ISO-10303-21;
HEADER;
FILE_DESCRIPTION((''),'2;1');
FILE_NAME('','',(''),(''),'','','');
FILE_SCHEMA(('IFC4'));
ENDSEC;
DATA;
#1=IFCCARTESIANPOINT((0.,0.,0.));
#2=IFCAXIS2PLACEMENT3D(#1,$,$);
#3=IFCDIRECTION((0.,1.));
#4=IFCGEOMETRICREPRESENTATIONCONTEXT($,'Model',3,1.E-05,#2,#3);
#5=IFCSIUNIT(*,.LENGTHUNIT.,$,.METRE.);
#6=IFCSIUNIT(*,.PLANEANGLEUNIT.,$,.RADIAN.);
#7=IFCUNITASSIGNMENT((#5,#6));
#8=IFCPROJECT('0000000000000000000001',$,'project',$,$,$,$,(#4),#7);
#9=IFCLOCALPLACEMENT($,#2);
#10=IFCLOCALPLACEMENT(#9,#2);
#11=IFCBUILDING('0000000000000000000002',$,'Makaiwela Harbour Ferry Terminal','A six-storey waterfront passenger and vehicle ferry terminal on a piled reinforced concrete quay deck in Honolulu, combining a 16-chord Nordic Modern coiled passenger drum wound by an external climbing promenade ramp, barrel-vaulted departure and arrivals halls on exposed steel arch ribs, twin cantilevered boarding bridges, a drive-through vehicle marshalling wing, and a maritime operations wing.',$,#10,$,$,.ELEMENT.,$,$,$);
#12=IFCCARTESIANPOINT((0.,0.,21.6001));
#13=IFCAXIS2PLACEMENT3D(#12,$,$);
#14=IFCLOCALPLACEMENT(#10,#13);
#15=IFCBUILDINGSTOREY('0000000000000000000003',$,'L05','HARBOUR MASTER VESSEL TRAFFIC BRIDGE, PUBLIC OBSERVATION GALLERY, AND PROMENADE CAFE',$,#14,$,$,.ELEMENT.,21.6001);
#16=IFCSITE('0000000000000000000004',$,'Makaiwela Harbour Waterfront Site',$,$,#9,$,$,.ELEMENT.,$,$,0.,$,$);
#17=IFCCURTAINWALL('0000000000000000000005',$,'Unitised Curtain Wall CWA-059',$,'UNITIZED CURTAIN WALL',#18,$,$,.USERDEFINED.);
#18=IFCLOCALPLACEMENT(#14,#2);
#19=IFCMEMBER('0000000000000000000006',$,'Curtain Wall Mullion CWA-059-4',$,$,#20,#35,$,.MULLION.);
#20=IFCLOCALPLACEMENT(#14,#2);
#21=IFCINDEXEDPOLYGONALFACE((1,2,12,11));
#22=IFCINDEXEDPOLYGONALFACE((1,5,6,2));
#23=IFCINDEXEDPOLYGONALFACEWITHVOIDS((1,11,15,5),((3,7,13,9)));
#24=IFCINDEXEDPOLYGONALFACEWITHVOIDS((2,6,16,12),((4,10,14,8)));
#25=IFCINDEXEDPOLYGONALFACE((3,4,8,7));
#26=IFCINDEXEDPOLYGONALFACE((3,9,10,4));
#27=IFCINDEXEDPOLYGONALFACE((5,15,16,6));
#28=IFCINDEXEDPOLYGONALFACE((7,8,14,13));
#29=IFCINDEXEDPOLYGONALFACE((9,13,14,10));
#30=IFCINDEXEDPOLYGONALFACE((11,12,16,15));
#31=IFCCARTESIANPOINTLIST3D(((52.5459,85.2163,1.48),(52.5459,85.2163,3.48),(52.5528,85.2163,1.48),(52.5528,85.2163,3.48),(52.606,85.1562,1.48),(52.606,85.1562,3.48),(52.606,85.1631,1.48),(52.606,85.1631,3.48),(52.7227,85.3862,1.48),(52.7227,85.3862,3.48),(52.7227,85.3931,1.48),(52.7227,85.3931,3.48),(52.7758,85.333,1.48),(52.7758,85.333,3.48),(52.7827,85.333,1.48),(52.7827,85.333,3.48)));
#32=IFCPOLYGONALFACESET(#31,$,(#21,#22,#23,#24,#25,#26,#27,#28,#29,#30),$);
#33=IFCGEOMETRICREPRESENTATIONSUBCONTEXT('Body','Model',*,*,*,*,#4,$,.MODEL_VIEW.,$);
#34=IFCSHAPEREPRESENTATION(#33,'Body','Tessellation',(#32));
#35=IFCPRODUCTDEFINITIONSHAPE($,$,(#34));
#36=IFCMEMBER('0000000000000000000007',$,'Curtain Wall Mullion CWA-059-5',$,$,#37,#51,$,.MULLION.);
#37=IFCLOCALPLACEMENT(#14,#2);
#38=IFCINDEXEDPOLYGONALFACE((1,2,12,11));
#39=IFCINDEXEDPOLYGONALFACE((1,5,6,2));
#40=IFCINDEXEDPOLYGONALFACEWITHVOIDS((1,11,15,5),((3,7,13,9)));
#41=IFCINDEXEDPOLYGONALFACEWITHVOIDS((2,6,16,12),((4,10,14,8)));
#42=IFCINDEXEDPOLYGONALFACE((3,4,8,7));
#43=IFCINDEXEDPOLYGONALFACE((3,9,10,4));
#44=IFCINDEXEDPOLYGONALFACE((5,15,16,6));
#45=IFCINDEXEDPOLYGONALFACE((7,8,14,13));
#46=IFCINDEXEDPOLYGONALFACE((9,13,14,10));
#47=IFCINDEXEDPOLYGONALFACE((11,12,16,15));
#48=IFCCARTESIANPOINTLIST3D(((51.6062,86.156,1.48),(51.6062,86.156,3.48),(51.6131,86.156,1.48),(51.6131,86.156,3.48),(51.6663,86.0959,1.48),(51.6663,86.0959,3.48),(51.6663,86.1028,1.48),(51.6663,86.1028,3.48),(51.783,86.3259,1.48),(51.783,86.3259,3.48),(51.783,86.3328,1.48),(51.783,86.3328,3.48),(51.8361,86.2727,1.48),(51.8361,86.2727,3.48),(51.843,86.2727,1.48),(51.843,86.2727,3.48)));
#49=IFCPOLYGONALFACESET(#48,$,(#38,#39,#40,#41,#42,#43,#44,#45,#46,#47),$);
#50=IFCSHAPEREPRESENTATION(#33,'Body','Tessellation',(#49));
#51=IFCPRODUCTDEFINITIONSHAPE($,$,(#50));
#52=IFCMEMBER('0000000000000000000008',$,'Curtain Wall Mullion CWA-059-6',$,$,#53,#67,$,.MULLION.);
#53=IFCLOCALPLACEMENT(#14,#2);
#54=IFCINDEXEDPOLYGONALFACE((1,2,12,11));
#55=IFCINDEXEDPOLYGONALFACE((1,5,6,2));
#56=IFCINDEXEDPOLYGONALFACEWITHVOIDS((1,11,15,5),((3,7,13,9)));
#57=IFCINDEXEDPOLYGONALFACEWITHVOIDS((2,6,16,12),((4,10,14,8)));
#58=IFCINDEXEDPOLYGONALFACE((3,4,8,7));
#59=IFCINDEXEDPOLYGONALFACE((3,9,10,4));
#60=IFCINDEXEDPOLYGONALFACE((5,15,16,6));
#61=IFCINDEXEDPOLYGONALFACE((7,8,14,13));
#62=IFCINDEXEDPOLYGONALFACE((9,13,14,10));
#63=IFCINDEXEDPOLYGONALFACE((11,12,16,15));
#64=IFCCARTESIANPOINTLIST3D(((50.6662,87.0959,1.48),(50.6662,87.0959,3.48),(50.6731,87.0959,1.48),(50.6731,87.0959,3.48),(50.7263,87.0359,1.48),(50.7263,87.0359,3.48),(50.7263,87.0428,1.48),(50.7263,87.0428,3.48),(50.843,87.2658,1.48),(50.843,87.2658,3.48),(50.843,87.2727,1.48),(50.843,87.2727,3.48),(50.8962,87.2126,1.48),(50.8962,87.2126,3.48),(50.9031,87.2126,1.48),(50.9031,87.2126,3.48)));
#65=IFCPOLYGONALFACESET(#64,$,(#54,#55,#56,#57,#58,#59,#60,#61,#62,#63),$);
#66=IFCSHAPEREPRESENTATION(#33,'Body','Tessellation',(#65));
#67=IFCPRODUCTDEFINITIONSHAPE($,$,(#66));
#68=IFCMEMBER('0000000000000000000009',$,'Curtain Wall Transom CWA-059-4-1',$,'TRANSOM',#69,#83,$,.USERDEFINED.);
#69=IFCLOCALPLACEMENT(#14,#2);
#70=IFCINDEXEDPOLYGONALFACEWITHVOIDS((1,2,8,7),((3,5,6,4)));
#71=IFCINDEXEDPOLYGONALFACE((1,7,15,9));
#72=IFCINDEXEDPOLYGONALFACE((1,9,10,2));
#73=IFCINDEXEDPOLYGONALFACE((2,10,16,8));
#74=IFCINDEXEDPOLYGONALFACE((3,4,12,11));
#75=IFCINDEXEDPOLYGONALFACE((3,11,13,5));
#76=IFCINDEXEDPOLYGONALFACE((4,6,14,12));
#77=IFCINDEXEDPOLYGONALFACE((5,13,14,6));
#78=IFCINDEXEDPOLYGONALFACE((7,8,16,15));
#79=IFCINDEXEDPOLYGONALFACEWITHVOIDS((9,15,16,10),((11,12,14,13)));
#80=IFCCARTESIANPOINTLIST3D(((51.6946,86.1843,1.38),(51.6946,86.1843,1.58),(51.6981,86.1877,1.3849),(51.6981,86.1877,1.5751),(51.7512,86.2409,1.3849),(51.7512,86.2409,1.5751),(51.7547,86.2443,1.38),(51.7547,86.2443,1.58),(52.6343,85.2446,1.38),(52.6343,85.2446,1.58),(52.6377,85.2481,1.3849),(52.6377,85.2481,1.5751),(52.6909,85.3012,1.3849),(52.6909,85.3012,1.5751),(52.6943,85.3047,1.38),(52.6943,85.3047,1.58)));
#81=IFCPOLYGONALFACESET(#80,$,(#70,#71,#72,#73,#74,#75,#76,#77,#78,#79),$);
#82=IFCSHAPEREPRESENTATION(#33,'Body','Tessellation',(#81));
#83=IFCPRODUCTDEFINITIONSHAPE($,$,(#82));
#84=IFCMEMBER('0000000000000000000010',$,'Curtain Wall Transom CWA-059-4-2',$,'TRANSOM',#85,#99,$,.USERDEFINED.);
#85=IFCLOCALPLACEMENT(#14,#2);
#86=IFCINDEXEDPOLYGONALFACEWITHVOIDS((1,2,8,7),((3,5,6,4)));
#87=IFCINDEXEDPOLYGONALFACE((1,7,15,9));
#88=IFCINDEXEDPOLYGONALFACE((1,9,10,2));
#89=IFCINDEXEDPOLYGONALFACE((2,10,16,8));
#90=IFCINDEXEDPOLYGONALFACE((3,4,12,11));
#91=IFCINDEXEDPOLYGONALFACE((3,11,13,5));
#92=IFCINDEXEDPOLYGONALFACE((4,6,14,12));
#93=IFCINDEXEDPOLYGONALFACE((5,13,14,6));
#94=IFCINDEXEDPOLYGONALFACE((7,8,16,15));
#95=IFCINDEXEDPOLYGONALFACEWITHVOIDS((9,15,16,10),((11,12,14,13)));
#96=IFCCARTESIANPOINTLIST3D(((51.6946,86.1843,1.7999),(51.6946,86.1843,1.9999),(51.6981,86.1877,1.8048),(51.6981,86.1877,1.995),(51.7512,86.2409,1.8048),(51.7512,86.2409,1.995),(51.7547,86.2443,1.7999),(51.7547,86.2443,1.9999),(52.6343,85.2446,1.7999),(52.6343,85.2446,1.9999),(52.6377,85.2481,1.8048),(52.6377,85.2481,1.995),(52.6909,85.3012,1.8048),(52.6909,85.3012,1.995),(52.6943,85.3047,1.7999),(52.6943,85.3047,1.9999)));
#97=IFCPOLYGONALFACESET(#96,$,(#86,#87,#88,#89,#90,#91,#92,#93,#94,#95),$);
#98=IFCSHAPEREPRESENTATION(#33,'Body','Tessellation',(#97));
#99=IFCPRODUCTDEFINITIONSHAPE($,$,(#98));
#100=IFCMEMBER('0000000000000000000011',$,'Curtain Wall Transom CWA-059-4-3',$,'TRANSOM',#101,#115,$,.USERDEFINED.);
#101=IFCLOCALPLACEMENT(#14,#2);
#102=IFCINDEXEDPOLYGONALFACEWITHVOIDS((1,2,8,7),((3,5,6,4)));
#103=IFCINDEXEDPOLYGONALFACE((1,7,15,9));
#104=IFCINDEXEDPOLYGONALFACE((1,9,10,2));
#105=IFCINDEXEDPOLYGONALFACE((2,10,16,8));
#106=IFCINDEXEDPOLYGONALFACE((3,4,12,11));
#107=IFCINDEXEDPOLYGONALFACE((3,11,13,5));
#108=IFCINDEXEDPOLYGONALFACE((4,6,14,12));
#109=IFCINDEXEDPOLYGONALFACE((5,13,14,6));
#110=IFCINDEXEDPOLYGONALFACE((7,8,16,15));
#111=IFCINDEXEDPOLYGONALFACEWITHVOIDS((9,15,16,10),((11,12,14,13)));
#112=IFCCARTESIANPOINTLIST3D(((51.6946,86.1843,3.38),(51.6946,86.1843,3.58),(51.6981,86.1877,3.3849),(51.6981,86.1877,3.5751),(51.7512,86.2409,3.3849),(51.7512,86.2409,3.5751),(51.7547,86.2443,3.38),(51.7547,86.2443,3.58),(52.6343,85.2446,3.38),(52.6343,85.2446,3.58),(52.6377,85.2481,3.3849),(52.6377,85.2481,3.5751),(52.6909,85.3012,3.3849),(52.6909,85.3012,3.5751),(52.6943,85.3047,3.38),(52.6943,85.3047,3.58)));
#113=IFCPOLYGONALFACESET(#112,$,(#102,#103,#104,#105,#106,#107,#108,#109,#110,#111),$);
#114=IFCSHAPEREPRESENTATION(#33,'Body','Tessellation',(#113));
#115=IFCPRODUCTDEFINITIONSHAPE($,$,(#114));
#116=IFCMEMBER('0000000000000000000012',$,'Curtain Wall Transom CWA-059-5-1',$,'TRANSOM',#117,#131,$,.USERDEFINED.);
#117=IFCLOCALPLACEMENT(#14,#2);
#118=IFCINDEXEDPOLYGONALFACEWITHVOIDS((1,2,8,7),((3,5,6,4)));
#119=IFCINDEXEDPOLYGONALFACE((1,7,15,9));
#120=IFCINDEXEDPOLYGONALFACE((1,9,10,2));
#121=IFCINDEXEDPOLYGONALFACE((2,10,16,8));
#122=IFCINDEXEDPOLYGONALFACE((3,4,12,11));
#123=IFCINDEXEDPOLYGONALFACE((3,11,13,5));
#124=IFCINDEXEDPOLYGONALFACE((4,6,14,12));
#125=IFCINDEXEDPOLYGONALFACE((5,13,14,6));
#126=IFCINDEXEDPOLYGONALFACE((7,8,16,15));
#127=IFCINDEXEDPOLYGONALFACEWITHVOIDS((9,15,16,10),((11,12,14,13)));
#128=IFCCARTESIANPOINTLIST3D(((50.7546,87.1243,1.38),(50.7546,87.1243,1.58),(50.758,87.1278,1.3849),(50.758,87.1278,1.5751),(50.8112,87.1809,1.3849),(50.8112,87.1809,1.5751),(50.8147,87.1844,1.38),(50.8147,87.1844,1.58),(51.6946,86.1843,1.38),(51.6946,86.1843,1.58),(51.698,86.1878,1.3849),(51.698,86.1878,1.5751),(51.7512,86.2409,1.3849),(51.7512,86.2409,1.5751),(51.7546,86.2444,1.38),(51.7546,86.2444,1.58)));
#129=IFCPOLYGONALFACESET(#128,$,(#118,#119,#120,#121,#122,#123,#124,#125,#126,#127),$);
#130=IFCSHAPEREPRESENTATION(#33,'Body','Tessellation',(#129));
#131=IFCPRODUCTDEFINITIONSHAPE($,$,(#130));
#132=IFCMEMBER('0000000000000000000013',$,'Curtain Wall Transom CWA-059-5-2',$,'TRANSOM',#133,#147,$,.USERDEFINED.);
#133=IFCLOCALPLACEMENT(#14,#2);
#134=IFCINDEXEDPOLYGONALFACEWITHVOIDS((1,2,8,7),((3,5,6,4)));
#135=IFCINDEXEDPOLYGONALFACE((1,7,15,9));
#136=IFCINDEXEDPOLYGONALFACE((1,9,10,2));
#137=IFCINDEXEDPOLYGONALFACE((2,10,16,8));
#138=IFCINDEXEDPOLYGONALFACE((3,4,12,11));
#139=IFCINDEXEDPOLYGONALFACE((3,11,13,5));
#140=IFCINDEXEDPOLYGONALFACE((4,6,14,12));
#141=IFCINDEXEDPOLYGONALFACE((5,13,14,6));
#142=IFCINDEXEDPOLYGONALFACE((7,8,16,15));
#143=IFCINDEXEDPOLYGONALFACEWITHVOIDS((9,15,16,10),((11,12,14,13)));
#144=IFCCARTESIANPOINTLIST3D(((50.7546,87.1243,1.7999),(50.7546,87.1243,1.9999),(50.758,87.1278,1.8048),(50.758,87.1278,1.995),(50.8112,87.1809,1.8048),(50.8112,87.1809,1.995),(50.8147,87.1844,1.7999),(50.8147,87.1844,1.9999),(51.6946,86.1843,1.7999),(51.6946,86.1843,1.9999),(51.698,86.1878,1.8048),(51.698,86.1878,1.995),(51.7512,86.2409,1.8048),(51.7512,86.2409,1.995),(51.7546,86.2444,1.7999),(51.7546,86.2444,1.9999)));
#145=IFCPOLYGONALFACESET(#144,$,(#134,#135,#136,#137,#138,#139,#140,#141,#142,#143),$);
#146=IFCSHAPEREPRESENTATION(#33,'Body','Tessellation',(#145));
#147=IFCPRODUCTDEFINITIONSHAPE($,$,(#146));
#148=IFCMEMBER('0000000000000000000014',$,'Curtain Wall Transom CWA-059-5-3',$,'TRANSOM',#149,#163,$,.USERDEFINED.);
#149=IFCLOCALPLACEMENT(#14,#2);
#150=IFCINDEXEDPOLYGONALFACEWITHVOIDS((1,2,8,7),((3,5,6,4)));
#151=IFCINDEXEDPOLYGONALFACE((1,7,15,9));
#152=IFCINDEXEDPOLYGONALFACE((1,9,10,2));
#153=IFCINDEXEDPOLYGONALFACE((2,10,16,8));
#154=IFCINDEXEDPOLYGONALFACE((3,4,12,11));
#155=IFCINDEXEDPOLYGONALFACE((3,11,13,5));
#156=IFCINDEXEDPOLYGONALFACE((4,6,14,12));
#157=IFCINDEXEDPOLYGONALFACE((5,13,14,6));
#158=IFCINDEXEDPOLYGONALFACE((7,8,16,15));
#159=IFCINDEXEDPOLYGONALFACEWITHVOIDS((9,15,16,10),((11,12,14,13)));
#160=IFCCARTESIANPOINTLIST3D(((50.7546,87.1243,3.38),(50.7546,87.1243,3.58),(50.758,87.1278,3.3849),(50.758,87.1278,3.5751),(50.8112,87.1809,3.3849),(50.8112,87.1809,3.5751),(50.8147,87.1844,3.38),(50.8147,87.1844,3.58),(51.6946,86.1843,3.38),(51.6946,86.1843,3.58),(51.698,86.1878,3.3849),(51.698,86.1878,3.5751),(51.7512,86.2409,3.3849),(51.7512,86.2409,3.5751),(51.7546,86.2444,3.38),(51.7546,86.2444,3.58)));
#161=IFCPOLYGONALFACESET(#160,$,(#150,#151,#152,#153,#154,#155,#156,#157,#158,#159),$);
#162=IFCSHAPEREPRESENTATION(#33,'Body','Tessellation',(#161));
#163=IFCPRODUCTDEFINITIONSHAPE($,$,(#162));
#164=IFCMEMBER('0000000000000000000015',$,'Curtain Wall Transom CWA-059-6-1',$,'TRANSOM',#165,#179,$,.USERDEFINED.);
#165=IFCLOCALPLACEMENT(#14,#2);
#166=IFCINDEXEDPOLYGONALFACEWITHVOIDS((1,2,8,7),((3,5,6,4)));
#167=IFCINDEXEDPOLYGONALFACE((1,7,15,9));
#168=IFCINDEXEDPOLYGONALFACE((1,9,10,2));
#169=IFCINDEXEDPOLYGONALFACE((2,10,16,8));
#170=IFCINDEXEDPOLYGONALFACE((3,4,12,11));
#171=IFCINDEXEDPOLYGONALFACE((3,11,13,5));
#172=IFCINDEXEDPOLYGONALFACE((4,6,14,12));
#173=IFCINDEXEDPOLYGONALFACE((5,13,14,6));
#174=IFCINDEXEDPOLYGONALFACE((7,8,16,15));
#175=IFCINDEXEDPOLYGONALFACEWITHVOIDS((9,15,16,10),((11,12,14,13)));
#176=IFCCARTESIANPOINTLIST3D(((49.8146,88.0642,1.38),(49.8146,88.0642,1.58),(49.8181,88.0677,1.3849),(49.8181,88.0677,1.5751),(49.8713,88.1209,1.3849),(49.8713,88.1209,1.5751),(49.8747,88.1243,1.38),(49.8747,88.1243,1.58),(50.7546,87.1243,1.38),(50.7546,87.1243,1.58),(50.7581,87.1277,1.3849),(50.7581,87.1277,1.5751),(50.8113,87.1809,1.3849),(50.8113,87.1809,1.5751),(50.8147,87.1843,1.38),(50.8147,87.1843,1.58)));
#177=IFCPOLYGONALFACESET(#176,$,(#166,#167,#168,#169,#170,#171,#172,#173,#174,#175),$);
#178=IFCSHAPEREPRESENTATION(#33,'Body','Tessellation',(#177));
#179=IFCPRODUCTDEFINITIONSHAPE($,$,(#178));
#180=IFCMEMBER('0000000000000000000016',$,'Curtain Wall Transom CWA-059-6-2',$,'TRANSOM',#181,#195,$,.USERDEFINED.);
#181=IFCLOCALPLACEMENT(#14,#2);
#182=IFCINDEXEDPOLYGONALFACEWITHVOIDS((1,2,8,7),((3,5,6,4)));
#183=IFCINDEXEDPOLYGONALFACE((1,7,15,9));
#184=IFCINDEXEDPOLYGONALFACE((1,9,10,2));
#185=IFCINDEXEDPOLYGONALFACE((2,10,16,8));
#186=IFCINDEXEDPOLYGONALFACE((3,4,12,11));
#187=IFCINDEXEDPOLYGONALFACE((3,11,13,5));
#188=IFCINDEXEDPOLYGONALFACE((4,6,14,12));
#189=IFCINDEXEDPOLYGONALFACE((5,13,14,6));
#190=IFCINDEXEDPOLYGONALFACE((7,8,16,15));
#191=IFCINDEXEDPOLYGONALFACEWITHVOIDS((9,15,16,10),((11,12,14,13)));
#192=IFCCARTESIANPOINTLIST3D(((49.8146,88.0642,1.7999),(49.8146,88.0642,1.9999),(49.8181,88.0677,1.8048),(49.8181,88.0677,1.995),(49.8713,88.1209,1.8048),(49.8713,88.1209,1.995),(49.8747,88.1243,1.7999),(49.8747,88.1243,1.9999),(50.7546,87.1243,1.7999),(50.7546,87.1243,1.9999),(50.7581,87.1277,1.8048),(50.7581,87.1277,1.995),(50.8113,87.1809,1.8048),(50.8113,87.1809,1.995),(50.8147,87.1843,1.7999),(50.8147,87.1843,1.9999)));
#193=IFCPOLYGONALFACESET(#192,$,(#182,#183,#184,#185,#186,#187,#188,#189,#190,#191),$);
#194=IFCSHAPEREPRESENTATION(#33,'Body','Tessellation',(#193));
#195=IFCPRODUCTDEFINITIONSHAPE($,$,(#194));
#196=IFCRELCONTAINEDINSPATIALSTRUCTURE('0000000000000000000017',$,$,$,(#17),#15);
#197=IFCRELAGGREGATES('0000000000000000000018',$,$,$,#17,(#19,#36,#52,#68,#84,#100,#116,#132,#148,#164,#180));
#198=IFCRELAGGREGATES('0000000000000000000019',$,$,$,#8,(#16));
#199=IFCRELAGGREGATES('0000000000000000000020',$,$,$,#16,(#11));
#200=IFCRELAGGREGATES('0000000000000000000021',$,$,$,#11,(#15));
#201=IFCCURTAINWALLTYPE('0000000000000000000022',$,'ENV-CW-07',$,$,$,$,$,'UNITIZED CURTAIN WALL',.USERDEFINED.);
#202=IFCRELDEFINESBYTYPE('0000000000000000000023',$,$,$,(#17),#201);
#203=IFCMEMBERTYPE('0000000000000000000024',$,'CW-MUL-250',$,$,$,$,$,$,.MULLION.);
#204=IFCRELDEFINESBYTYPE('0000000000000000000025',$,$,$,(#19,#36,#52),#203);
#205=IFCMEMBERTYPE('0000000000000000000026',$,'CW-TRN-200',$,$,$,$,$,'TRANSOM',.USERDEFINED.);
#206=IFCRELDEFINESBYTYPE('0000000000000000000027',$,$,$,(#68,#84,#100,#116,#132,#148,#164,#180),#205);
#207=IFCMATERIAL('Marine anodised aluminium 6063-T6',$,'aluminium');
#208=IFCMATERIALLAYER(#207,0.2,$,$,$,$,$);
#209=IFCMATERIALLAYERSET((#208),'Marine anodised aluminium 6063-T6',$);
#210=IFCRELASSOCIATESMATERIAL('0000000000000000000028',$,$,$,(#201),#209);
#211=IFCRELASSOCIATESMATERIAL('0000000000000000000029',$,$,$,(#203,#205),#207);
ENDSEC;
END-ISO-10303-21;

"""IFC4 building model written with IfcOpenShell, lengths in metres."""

from ifc_helpers import new_model, si_unit, direction, frame, origin, origin_2d, place, context, subcontext, project, spatial, hollow_rectangle, extrude, material, layer, layer_set, material_profile, profile_set, type_object, element, aggregate, save


model = new_model("IFC4")

# Units and contexts
model_context = context("Model", 3, precision=1e-05, world=origin(), true_north=direction((0.0, 1.0)))
body_context = subcontext(model_context, "Body", "Model", "MODEL_VIEW")
ifc_project = project(units=[si_unit("LENGTHUNIT", "METRE"), si_unit("PLANEANGLEUNIT", "RADIAN")], contexts=[model_context])

# Site, building, storey
site_placement = place(None, origin())
site = spatial("IfcSite", under=ifc_project, at=site_placement, Name="Makaiwela Harbour Waterfront Site", CompositionType="ELEMENT", RefElevation=0.0)
building_placement = place(site_placement, origin())
building = spatial("IfcBuilding", under=site, at=building_placement, Name="Makaiwela Harbour Ferry Terminal", Description="A six-storey waterfront passenger and vehicle ferry terminal on a piled reinforced concrete quay deck in Honolulu, combining a 16-chord Nordic Modern coiled passenger drum wound by an external climbing promenade ramp, barrel-vaulted departure and arrivals halls on exposed steel arch ribs, twin cantilevered boarding bridges, a drive-through vehicle marshalling wing, and a maritime operations wing.", CompositionType="ELEMENT")
storey_placement = place(building_placement, frame((0.0, 0.0, 21.6001)))
storey = spatial("IfcBuildingStorey", under=building, at=storey_placement, Name="L05", Description="HARBOUR MASTER VESSEL TRAFFIC BRIDGE, PUBLIC OBSERVATION GALLERY, AND PROMENADE CAFE", CompositionType="ELEMENT", Elevation=21.6001)

# Curtain wall, members
ifc_material_1 = material(Name="Marine anodised aluminium 6063-T6", Category="aluminium")
ifc_layer_1 = layer(ifc_material_1, 0.2)
ifc_layer_set_1 = layer_set([ifc_layer_1], Name="Marine anodised aluminium 6063-T6")
curtain_wall_type = type_object("IfcCurtainWallType", Name="ENV-CW-07", ElementType="UNITIZED CURTAIN WALL", PredefinedType="USERDEFINED", material=ifc_layer_set_1)
curtain_wall_placement = place(storey_placement, origin())
curtain_wall = element("IfcCurtainWall", 1, at=curtain_wall_placement, inside=storey, type_object=curtain_wall_type, Name="Unitised Curtain Wall CWA-059", ObjectType="UNITIZED CURTAIN WALL", PredefinedType="USERDEFINED")
ifc_material_profile_1 = material_profile(ifc_material_1, hollow_rectangle(XDim=0.085, YDim=0.25, WallThickness=0.0049, at=origin_2d()), Name="CWM-250X85")
ifc_profile_set_1 = profile_set([ifc_material_profile_1], Name="Marine anodised aluminium 6063-T6")
member_type_1 = type_object("IfcMemberType", Name="CW-MUL-250", PredefinedType="MULLION", material=ifc_profile_set_1)
member_1_placement = place(storey_placement, frame((52.6643, 85.2747, 1.48), z_axis=(0.0, 0.0, 1.0), x_axis=(-0.707107, 0.707107, 0.0)))
member_1 = element("IfcMember", 2, at=member_1_placement, type_object=member_type_1, Name="Curtain Wall Mullion CWA-059-4", PredefinedType="MULLION", context=body_context, shape_type="SweptSolid", body=[
    extrude(hollow_rectangle(XDim=0.085, YDim=0.25, WallThickness=0.0049, at=origin_2d()), origin(), (0.0, 0.0, 1.0), 2.0),
])
member_2_placement = place(storey_placement, frame((51.7246, 86.2144, 1.48), z_axis=(0.0, 0.0, 1.0), x_axis=(-0.707107, 0.707107, 0.0)))
member_2 = element("IfcMember", 3, at=member_2_placement, type_object=member_type_1, Name="Curtain Wall Mullion CWA-059-5", PredefinedType="MULLION", context=body_context, shape_type="SweptSolid", body=[
    extrude(hollow_rectangle(XDim=0.085, YDim=0.25, WallThickness=0.0049, at=origin_2d()), origin(), (0.0, 0.0, 1.0), 2.0),
])
member_3_placement = place(storey_placement, frame((50.7847, 87.1543, 1.48), z_axis=(0.0, 0.0, 1.0), x_axis=(-0.707107, 0.707107, 0.0)))
member_3 = element("IfcMember", 4, at=member_3_placement, type_object=member_type_1, Name="Curtain Wall Mullion CWA-059-6", PredefinedType="MULLION", context=body_context, shape_type="SweptSolid", body=[
    extrude(hollow_rectangle(XDim=0.085, YDim=0.25, WallThickness=0.0049, at=origin_2d()), origin(), (0.0, 0.0, 1.0), 2.0),
])
ifc_material_profile_2 = material_profile(ifc_material_1, hollow_rectangle(XDim=0.085, YDim=0.2, WallThickness=0.0049, at=origin_2d()), Name="CWT-200X85")
ifc_profile_set_2 = profile_set([ifc_material_profile_2], Name="Marine anodised aluminium 6063-T6")
member_type_2 = type_object("IfcMemberType", Name="CW-TRN-200", ElementType="TRANSOM", PredefinedType="USERDEFINED", material=ifc_profile_set_2)
member_4_placement = place(storey_placement, frame((52.6643, 85.2747, 1.48), z_axis=(-0.707107, 0.707107, 0.0), x_axis=(-0.707107, -0.707107, 0.0)))
member_4 = element("IfcMember", 5, at=member_4_placement, type_object=member_type_2, Name="Curtain Wall Transom CWA-059-4-1", ObjectType="TRANSOM", PredefinedType="USERDEFINED", context=body_context, shape_type="SweptSolid", body=[
    extrude(hollow_rectangle(XDim=0.085, YDim=0.2, WallThickness=0.0049, at=origin_2d()), origin(), (0.0, 0.0, 1.0), 1.3289),
])
member_5_placement = place(storey_placement, frame((52.6643, 85.2747, 1.8999), z_axis=(-0.707107, 0.707107, 0.0), x_axis=(-0.707107, -0.707107, 0.0)))
member_5 = element("IfcMember", 6, at=member_5_placement, type_object=member_type_2, Name="Curtain Wall Transom CWA-059-4-2", ObjectType="TRANSOM", PredefinedType="USERDEFINED", context=body_context, shape_type="SweptSolid", body=[
    extrude(hollow_rectangle(XDim=0.085, YDim=0.2, WallThickness=0.0049, at=origin_2d()), origin(), (0.0, 0.0, 1.0), 1.3289),
])
member_6_placement = place(storey_placement, frame((52.6643, 85.2747, 3.48), z_axis=(-0.707107, 0.707107, 0.0), x_axis=(-0.707107, -0.707107, 0.0)))
member_6 = element("IfcMember", 7, at=member_6_placement, type_object=member_type_2, Name="Curtain Wall Transom CWA-059-4-3", ObjectType="TRANSOM", PredefinedType="USERDEFINED", context=body_context, shape_type="SweptSolid", body=[
    extrude(hollow_rectangle(XDim=0.085, YDim=0.2, WallThickness=0.0049, at=origin_2d()), origin(), (0.0, 0.0, 1.0), 1.3289),
])
member_7_placement = place(storey_placement, frame((51.7246, 86.2144, 1.48), z_axis=(-0.707107, 0.707107, 0.0), x_axis=(-0.707107, -0.707107, 0.0)))
member_7 = element("IfcMember", 8, at=member_7_placement, type_object=member_type_2, Name="Curtain Wall Transom CWA-059-5-1", ObjectType="TRANSOM", PredefinedType="USERDEFINED", context=body_context, shape_type="SweptSolid", body=[
    extrude(hollow_rectangle(XDim=0.085, YDim=0.2, WallThickness=0.0049, at=origin_2d()), origin(), (0.0, 0.0, 1.0), 1.3293),
])
member_8_placement = place(storey_placement, frame((51.7246, 86.2144, 1.8999), z_axis=(-0.707107, 0.707107, 0.0), x_axis=(-0.707107, -0.707107, 0.0)))
member_8 = element("IfcMember", 9, at=member_8_placement, type_object=member_type_2, Name="Curtain Wall Transom CWA-059-5-2", ObjectType="TRANSOM", PredefinedType="USERDEFINED", context=body_context, shape_type="SweptSolid", body=[
    extrude(hollow_rectangle(XDim=0.085, YDim=0.2, WallThickness=0.0049, at=origin_2d()), origin(), (0.0, 0.0, 1.0), 1.3293),
])
member_9_placement = place(storey_placement, frame((51.7246, 86.2144, 3.48), z_axis=(-0.707107, 0.707107, 0.0), x_axis=(-0.707107, -0.707107, 0.0)))
member_9 = element("IfcMember", 10, at=member_9_placement, type_object=member_type_2, Name="Curtain Wall Transom CWA-059-5-3", ObjectType="TRANSOM", PredefinedType="USERDEFINED", context=body_context, shape_type="SweptSolid", body=[
    extrude(hollow_rectangle(XDim=0.085, YDim=0.2, WallThickness=0.0049, at=origin_2d()), origin(), (0.0, 0.0, 1.0), 1.3293),
])
member_10_placement = place(storey_placement, frame((50.7847, 87.1543, 1.48), z_axis=(-0.707107, 0.707107, 0.0), x_axis=(-0.707107, -0.707107, 0.0)))
member_10 = element("IfcMember", 11, at=member_10_placement, type_object=member_type_2, Name="Curtain Wall Transom CWA-059-6-1", ObjectType="TRANSOM", PredefinedType="USERDEFINED", context=body_context, shape_type="SweptSolid", body=[
    extrude(hollow_rectangle(XDim=0.085, YDim=0.2, WallThickness=0.0049, at=origin_2d()), origin(), (0.0, 0.0, 1.0), 1.3293),
])
member_11_placement = place(storey_placement, frame((50.7847, 87.1543, 1.8999), z_axis=(-0.707107, 0.707107, 0.0), x_axis=(-0.707107, -0.707107, 0.0)))
member_11 = element("IfcMember", 12, at=member_11_placement, type_object=member_type_2, Name="Curtain Wall Transom CWA-059-6-2", ObjectType="TRANSOM", PredefinedType="USERDEFINED", context=body_context, shape_type="SweptSolid", body=[
    extrude(hollow_rectangle(XDim=0.085, YDim=0.2, WallThickness=0.0049, at=origin_2d()), origin(), (0.0, 0.0, 1.0), 1.3293),
])

aggregate(curtain_wall, [member_1, member_2, member_3, member_4, member_5, member_6, member_7, member_8, member_9, member_10, member_11])

save(model, "model.ifc")
